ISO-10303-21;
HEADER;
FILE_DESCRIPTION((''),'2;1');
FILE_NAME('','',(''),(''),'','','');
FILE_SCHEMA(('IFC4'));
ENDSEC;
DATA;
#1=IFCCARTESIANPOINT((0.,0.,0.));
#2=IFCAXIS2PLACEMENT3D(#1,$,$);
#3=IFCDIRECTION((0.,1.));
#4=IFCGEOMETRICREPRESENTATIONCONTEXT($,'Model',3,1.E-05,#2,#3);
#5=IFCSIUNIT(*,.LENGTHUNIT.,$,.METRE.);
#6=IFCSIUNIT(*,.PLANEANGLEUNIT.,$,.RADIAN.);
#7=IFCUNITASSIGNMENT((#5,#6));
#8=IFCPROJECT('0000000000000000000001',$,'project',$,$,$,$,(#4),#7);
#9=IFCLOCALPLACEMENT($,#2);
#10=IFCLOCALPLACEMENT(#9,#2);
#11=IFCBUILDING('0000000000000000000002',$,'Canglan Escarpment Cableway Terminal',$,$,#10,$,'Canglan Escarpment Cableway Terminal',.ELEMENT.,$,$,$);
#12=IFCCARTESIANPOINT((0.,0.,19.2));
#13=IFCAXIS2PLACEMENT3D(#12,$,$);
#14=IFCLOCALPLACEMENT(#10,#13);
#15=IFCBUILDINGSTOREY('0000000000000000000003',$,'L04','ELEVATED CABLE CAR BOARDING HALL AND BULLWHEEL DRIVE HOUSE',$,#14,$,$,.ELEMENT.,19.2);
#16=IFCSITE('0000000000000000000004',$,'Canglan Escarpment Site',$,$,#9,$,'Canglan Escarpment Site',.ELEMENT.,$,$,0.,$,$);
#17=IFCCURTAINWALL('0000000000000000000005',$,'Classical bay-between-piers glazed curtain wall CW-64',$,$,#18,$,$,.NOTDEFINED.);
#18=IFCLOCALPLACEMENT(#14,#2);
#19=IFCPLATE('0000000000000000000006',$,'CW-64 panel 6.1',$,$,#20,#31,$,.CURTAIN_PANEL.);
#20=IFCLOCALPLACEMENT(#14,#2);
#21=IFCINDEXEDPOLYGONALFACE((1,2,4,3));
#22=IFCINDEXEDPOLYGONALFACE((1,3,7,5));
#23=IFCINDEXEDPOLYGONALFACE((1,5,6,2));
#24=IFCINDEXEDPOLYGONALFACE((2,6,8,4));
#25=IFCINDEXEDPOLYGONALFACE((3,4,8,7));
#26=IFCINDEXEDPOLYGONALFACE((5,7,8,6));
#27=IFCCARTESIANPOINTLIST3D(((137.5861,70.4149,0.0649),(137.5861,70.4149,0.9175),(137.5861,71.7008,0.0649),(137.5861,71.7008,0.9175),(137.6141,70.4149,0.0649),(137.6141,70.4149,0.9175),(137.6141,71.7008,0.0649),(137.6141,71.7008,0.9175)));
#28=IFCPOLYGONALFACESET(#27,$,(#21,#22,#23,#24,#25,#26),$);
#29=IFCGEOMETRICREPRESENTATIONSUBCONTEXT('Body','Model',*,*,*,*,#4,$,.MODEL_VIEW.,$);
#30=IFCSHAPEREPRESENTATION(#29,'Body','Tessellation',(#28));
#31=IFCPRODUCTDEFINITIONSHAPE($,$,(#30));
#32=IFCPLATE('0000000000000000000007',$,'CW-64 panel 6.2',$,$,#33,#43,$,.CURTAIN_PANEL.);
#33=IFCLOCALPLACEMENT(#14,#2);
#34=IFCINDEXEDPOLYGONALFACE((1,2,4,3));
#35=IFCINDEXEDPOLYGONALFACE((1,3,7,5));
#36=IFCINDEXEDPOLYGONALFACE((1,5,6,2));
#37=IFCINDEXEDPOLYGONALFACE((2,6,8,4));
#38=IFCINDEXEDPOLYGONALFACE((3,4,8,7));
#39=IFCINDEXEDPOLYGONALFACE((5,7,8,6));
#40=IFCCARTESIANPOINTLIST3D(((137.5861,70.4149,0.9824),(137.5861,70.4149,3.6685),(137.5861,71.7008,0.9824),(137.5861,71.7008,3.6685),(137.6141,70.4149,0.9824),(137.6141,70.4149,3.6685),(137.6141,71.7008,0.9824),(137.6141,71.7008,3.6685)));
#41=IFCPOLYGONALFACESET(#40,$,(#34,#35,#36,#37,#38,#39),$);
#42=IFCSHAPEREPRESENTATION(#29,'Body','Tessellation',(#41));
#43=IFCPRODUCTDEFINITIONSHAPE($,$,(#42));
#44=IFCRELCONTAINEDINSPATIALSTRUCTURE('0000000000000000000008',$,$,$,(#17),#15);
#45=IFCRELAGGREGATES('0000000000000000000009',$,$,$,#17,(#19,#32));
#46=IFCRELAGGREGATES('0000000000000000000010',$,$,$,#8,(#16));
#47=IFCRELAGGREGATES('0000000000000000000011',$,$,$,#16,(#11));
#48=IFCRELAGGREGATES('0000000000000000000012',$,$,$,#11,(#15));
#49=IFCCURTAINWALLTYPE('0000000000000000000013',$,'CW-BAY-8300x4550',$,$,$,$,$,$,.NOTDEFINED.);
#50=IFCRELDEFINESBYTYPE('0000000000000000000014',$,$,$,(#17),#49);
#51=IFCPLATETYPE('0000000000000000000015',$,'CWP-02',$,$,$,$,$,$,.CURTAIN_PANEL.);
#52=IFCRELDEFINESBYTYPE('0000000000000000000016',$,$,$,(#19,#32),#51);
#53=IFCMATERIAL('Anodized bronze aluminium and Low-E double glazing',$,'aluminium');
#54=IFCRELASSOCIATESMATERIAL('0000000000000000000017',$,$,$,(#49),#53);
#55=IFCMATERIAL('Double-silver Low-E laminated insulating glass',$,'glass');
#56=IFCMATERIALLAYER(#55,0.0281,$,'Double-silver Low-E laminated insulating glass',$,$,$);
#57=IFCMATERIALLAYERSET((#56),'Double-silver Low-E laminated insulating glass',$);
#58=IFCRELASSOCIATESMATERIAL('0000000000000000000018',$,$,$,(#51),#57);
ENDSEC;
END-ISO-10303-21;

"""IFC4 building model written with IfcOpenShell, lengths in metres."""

from ifc_helpers import new_model, si_unit, direction, frame, origin, origin_2d, place, context, subcontext, project, spatial, rectangle, extrude, material, layer, layer_set, type_object, element, aggregate, save


model = new_model("IFC4")

# Units and contexts
model_context = context("Model", 3, precision=1e-05, world=origin(), true_north=direction((0.0, 1.0)))
body_context = subcontext(model_context, "Body", "Model", "MODEL_VIEW")
ifc_project = project(units=[si_unit("LENGTHUNIT", "METRE"), si_unit("PLANEANGLEUNIT", "RADIAN")], contexts=[model_context])

# Site, building, storey
site_placement = place(None, origin())
site = spatial("IfcSite", under=ifc_project, at=site_placement, Name="Canglan Escarpment Site", LongName="Canglan Escarpment Site", CompositionType="ELEMENT", RefElevation=0.0)
building_placement = place(site_placement, origin())
building = spatial("IfcBuilding", under=site, at=building_placement, Name="Canglan Escarpment Cableway Terminal", LongName="Canglan Escarpment Cableway Terminal", CompositionType="ELEMENT")
storey_placement = place(building_placement, frame((0.0, 0.0, 19.2)))
storey = spatial("IfcBuildingStorey", under=building, at=storey_placement, Name="L04", Description="ELEVATED CABLE CAR BOARDING HALL AND BULLWHEEL DRIVE HOUSE", CompositionType="ELEMENT", Elevation=19.2)

# Shared definitions
ifc_material_1 = material(Name="Anodized bronze aluminium and Low-E double glazing", Category="aluminium")
curtain_wall_type = type_object("IfcCurtainWallType", Name="CW-BAY-8300x4550", PredefinedType="NOTDEFINED", material=ifc_material_1)

# Curtain wall
curtain_wall_1_placement = place(storey_placement, origin())
curtain_wall_1 = element("IfcCurtainWall", 1, at=curtain_wall_1_placement, inside=storey, type_object=curtain_wall_type, Name="Classical bay-between-piers glazed curtain wall CW-64", PredefinedType="NOTDEFINED")

# Plates
ifc_material_2 = material(Name="Double-silver Low-E laminated insulating glass", Category="glass")
ifc_layer_1 = layer(ifc_material_2, 0.0281, Name="Double-silver Low-E laminated insulating glass")
ifc_layer_set_1 = layer_set([ifc_layer_1], Name="Double-silver Low-E laminated insulating glass")
plate_type_1 = type_object("IfcPlateType", Name="CWP-02", PredefinedType="CURTAIN_PANEL", material=ifc_layer_set_1)
plate_1_placement = place(storey_placement, frame((137.6001, 71.0579, 0.0649), z_axis=(0.0, 0.0, 1.0), x_axis=(0.0, -1.0, 0.0)))
plate_1 = element("IfcPlate", 2, at=plate_1_placement, type_object=plate_type_1, Name="CW-64 panel 6.1", PredefinedType="CURTAIN_PANEL", context=body_context, shape_type="SweptSolid", body=[
    extrude(rectangle(XDim=1.2859, YDim=0.0281, at=origin_2d()), origin(), (0.0, 0.0, 1.0), 0.8525),
])
plate_2_placement = place(storey_placement, frame((137.6001, 71.0579, 0.9824), z_axis=(0.0, 0.0, 1.0), x_axis=(0.0, -1.0, 0.0)))
plate_2 = element("IfcPlate", 3, at=plate_2_placement, type_object=plate_type_1, Name="CW-64 panel 6.2", PredefinedType="CURTAIN_PANEL", context=body_context, shape_type="SweptSolid", body=[
    extrude(rectangle(XDim=1.2859, YDim=0.0281, at=origin_2d()), origin(), (0.0, 0.0, 1.0), 2.686),
])
aggregate(curtain_wall_1, [plate_1, plate_2])

save(model, "model.ifc")
